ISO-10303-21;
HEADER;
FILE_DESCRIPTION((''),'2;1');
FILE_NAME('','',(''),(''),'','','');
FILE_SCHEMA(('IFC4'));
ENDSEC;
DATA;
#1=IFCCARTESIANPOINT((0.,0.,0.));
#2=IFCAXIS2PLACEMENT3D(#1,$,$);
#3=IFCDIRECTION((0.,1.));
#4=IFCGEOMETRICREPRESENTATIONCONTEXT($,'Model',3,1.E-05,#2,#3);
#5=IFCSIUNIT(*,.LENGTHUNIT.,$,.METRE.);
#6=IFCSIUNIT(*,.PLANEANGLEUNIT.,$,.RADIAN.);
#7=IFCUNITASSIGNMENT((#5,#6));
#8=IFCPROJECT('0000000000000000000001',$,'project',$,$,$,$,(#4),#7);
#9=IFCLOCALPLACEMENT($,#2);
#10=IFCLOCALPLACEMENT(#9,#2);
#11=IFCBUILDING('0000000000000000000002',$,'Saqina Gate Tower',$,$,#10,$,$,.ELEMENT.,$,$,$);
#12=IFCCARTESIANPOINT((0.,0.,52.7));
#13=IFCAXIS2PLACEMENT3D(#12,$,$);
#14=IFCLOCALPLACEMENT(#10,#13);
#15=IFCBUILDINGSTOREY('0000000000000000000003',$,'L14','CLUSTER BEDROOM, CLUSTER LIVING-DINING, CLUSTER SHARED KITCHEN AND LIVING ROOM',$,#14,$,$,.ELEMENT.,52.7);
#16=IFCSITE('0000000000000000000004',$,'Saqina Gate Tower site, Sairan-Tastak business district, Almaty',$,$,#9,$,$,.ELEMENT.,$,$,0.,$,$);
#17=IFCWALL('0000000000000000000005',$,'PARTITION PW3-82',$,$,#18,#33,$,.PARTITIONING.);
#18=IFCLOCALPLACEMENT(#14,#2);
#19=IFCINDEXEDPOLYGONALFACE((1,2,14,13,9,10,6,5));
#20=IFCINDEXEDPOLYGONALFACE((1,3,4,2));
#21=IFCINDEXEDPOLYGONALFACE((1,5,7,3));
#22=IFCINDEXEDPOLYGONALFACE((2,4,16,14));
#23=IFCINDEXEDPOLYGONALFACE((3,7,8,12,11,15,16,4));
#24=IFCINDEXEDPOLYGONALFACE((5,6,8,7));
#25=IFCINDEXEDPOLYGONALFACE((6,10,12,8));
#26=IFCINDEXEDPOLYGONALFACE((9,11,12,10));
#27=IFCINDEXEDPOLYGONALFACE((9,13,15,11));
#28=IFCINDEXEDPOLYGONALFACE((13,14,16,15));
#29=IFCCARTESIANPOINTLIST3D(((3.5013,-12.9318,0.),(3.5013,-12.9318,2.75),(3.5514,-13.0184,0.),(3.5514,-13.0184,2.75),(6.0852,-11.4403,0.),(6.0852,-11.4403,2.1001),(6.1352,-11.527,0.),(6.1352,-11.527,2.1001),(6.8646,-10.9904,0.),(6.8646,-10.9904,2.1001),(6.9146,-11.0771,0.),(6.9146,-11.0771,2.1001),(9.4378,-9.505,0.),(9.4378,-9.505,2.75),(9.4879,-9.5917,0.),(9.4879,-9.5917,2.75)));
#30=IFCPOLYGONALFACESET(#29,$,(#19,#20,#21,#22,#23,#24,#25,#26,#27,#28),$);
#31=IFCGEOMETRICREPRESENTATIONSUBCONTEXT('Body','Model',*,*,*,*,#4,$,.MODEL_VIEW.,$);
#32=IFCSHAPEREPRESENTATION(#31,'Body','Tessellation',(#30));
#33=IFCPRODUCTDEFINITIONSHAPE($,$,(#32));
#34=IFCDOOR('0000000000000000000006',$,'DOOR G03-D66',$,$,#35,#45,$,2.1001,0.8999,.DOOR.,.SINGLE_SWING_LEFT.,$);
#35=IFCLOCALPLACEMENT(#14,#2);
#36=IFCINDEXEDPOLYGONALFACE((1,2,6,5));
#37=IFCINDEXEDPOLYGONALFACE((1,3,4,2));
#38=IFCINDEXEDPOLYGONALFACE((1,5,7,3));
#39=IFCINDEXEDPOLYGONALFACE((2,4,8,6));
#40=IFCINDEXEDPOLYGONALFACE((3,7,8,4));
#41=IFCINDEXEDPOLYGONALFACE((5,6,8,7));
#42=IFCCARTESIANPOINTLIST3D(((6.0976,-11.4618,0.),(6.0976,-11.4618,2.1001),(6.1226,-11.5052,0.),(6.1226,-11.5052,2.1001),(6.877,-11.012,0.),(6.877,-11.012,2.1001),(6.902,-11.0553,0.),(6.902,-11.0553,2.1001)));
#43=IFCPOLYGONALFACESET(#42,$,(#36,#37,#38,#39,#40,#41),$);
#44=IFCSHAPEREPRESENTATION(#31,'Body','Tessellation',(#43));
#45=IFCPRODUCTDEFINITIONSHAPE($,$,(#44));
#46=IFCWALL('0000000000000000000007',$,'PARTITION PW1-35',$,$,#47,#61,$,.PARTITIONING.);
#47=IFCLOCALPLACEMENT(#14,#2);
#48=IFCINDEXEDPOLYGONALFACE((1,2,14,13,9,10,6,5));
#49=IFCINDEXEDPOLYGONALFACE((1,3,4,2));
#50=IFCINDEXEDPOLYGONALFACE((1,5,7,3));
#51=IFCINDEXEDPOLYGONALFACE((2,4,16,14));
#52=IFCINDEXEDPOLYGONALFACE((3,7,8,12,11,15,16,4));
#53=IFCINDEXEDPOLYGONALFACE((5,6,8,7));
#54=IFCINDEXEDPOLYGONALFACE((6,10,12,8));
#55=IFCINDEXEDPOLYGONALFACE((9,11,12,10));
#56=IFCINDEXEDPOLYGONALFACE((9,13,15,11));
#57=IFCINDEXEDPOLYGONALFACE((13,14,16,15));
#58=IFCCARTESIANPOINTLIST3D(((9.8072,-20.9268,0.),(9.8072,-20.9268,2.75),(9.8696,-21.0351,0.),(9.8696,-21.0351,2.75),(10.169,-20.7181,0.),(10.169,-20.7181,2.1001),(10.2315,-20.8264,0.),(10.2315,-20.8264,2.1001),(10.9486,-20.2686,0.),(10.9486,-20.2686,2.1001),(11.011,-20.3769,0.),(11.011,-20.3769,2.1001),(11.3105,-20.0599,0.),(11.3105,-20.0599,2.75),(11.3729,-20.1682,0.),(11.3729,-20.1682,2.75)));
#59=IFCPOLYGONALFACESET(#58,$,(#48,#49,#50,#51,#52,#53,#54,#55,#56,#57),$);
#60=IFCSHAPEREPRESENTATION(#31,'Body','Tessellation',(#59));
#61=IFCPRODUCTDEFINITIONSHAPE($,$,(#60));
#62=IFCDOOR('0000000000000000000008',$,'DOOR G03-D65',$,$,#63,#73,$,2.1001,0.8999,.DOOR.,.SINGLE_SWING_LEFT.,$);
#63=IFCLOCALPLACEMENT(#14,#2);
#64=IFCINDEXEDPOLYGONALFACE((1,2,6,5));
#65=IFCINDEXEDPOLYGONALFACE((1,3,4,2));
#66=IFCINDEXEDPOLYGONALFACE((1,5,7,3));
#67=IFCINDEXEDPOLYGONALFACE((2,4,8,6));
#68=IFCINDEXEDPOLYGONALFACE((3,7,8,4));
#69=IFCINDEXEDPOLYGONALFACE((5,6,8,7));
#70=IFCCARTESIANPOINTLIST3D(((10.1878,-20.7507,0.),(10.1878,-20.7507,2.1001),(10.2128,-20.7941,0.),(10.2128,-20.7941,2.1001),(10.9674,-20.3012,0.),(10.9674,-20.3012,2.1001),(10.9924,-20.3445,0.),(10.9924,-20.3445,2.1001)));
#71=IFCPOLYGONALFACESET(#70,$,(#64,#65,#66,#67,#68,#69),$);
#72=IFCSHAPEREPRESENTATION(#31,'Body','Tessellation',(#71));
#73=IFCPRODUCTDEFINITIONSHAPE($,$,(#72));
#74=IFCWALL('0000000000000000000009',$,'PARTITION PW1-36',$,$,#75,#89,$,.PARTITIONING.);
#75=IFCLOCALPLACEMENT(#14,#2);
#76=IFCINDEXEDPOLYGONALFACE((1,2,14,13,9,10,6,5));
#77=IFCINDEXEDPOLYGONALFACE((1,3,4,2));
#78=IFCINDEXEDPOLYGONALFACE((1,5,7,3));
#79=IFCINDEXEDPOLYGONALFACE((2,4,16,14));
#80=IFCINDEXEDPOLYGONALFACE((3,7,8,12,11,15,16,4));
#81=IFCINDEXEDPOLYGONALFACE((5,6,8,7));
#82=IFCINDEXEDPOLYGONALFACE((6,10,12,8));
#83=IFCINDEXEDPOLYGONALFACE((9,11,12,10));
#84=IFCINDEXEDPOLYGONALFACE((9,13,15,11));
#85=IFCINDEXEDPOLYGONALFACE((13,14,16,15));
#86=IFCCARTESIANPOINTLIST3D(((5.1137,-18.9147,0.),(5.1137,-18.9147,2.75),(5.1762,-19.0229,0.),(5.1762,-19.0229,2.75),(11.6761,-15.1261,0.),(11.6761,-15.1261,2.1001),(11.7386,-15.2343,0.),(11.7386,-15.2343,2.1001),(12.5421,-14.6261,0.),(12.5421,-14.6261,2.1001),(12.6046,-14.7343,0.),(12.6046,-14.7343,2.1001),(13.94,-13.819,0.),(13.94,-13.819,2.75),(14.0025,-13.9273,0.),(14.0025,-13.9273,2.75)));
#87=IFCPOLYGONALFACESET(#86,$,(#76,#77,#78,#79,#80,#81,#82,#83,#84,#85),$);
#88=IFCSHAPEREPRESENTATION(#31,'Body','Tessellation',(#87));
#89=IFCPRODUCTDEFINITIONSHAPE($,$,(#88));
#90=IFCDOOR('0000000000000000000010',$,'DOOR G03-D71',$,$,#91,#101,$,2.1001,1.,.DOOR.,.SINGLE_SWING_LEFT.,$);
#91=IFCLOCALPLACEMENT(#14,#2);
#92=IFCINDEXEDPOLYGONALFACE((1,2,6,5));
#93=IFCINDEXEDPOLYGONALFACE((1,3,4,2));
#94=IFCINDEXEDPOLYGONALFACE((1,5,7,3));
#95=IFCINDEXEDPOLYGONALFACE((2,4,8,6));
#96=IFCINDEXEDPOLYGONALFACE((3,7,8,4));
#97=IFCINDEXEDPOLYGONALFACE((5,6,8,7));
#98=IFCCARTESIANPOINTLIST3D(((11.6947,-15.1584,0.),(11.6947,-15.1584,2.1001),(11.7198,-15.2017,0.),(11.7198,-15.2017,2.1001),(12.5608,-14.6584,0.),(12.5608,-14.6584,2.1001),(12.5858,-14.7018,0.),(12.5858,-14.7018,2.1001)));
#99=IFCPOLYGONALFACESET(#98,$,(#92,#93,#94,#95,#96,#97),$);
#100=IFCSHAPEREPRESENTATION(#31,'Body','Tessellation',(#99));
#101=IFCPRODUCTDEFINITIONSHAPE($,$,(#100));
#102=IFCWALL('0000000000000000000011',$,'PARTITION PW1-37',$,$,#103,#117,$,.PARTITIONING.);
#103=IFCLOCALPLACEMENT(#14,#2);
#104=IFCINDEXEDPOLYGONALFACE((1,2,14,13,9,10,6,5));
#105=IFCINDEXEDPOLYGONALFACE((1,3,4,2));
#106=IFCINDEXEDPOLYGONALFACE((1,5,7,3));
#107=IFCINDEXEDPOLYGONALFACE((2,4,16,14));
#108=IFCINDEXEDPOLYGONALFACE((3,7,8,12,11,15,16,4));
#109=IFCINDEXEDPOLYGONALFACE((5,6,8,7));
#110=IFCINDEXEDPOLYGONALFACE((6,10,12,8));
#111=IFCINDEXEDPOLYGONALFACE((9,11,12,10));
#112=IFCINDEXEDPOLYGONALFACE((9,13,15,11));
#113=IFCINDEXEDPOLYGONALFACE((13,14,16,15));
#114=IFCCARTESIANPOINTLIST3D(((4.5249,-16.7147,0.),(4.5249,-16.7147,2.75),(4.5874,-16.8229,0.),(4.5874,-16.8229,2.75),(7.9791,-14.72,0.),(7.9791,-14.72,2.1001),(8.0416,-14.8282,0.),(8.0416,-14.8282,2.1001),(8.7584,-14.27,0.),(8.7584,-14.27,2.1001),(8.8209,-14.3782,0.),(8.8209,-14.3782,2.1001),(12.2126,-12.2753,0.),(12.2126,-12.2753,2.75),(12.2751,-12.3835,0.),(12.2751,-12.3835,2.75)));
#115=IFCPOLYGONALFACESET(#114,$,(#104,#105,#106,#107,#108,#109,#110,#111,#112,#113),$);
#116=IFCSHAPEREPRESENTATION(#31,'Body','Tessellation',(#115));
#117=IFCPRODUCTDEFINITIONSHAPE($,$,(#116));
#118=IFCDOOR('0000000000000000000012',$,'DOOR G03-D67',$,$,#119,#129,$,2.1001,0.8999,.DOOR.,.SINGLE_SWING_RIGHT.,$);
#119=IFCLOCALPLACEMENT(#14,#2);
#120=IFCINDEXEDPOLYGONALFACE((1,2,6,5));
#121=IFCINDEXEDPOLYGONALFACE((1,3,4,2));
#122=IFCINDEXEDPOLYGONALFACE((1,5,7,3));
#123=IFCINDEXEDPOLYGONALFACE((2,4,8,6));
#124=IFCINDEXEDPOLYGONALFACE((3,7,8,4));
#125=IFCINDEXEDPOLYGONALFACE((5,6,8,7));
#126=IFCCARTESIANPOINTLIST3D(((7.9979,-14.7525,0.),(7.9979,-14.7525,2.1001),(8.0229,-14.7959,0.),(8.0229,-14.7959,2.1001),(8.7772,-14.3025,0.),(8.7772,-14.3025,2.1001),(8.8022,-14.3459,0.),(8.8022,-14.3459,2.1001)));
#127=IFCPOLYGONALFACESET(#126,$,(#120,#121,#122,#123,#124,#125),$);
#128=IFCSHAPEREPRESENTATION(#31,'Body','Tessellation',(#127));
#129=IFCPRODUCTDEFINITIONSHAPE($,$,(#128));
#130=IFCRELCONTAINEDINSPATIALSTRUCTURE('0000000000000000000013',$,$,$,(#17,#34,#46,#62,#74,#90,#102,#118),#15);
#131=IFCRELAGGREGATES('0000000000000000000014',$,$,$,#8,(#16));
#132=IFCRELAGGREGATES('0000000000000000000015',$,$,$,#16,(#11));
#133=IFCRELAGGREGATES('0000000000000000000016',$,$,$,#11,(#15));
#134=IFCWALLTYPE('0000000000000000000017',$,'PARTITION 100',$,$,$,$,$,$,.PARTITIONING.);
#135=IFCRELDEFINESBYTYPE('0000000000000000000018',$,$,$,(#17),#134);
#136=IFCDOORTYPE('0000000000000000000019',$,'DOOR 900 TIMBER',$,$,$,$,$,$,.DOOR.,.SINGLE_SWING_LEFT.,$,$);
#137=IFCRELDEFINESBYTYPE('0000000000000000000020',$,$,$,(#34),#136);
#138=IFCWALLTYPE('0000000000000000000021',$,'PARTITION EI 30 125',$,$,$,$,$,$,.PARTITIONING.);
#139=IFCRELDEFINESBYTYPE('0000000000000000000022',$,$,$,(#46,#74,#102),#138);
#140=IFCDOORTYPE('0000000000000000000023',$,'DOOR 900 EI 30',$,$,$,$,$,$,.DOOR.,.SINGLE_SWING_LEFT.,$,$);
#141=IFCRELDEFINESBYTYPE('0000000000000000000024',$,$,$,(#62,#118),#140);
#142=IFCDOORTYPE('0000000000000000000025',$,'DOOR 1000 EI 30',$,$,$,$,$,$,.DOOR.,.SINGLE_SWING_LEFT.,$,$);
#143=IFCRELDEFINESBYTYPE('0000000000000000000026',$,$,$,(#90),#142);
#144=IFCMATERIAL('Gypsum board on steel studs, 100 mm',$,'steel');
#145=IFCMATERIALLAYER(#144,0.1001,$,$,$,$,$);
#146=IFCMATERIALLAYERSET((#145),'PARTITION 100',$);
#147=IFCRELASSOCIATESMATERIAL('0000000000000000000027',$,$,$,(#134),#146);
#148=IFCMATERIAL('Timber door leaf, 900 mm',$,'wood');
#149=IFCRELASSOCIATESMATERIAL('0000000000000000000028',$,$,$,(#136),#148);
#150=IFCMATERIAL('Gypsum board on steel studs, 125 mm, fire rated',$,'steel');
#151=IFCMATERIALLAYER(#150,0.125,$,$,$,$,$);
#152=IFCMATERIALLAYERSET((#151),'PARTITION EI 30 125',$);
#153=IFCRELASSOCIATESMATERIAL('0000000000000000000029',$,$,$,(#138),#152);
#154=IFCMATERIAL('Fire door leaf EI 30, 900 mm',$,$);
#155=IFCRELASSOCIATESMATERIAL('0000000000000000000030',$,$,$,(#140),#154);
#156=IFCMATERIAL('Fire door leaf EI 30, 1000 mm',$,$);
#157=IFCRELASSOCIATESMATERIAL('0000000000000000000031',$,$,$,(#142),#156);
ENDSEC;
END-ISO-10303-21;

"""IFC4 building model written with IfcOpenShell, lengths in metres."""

from ifc_helpers import new_model, si_unit, direction, frame, frame_2d, origin, place, context, subcontext, project, spatial, rectangle, extrude, material, layer, layer_set, type_object, element, fill, save


model = new_model("IFC4")

# Units and contexts
model_context = context("Model", 3, precision=1e-05, world=origin(), true_north=direction((0.0, 1.0)))
body_context = subcontext(model_context, "Body", "Model", "MODEL_VIEW")
ifc_project = project(units=[si_unit("LENGTHUNIT", "METRE"), si_unit("PLANEANGLEUNIT", "RADIAN")], contexts=[model_context])

# Site, building, storey
site_placement = place(None, origin())
site = spatial("IfcSite", under=ifc_project, at=site_placement, Name="Saqina Gate Tower site, Sairan-Tastak business district, Almaty", CompositionType="ELEMENT", RefElevation=0.0)
building_placement = place(site_placement, origin())
building = spatial("IfcBuilding", under=site, at=building_placement, Name="Saqina Gate Tower", CompositionType="ELEMENT")
storey_placement = place(building_placement, frame((0.0, 0.0, 52.7)))
storey = spatial("IfcBuildingStorey", under=building, at=storey_placement, Name="L14", Description="CLUSTER BEDROOM, CLUSTER LIVING-DINING, CLUSTER SHARED KITCHEN AND LIVING ROOM", CompositionType="ELEMENT", Elevation=52.7)

# Shared definitions
ifc_material_1 = material(Name="Gypsum board on steel studs, 100 mm", Category="steel")
ifc_layer_1 = layer(ifc_material_1, 0.1001)
ifc_layer_set_1 = layer_set([ifc_layer_1], Name="PARTITION 100")
wall_type_1 = type_object("IfcWallType", Name="PARTITION 100", PredefinedType="PARTITIONING", material=ifc_layer_set_1)

# Shared definitions
ifc_material_2 = material(Name="Timber door leaf, 900 mm", Category="wood")
door_type_1 = type_object("IfcDoorType", Name="DOOR 900 TIMBER", OperationType="SINGLE_SWING_LEFT", PredefinedType="DOOR", material=ifc_material_2)

# Walls, openings, doors
wall_1_placement = place(storey_placement, frame((3.5264, -12.9751, 0.0), z_axis=(0.0, 0.0, 1.0), x_axis=(0.866069, 0.499924, 0.0)))
wall_1 = element("IfcWall", 1, at=wall_1_placement, inside=storey, type_object=wall_type_1, Name="PARTITION PW3-82", PredefinedType="PARTITIONING", context=body_context, shape_type="SweptSolid", body=[
    extrude(rectangle(XDim=6.8545, YDim=0.1001, at=frame_2d((3.4272, 0.0))), origin(), (0.0, 0.0, 1.0), 2.75),
])
opening_1_placement = place(wall_1_placement, frame((2.9834, 0.0, 0.0)))
opening_1 = element("IfcOpeningElement", 2, at=opening_1_placement, cuts=wall_1, PredefinedType="OPENING", context=body_context, shape_type="SweptSolid", body=[
    extrude(rectangle(XDim=0.8999, YDim=2.1001, at=frame_2d((0.45, 1.05))), frame((0.0, 0.062, 0.0), z_axis=(0.0, -1.0, 0.0), x_axis=(1.0, 0.0, 0.0)), (0.0, 0.0, 1.0), 0.124),
])
door_1_placement = place(opening_1_placement, frame((0.8999, 0.0, 0.0), z_axis=(0.0, 0.0, 1.0), x_axis=(-1.0, 0.0, 0.0)))
door_1 = element("IfcDoor", 3, at=door_1_placement, inside=storey, type_object=door_type_1, Name="DOOR G03-D66", OperationType="SINGLE_SWING_LEFT", OverallHeight=2.1001, OverallWidth=0.8999, PredefinedType="DOOR", context=body_context, shape_type="SweptSolid", body=[
    extrude(rectangle(XDim=0.8999, YDim=2.1001, at=frame_2d((0.45, 1.05))), frame((0.0, 0.0249, 0.0), z_axis=(0.0, -1.0, 0.0), x_axis=(1.0, 0.0, 0.0)), (0.0, 0.0, 1.0), 0.05),
])
fill(opening_1, door_1)
ifc_material_3 = material(Name="Gypsum board on steel studs, 125 mm, fire rated", Category="steel")
ifc_layer_2 = layer(ifc_material_3, 0.125)
ifc_layer_set_2 = layer_set([ifc_layer_2], Name="PARTITION EI 30 125")
wall_type_2 = type_object("IfcWallType", Name="PARTITION EI 30 125", PredefinedType="PARTITIONING", material=ifc_layer_set_2)
wall_2_placement = place(storey_placement, frame((9.8384, -20.981, 0.0), z_axis=(0.0, 0.0, 1.0), x_axis=(0.866289, 0.499544, 0.0)))
wall_2 = element("IfcWall", 4, at=wall_2_placement, inside=storey, type_object=wall_type_2, Name="PARTITION PW1-35", PredefinedType="PARTITIONING", context=body_context, shape_type="SweptSolid", body=[
    extrude(rectangle(XDim=1.7354, YDim=0.125, at=frame_2d((0.8677, 0.0))), origin(), (0.0, 0.0, 1.0), 2.75),
])
opening_2_placement = place(wall_2_placement, frame((0.4177, 0.0, 0.0)))
opening_2 = element("IfcOpeningElement", 5, at=opening_2_placement, cuts=wall_2, PredefinedType="OPENING", context=body_context, shape_type="SweptSolid", body=[
    extrude(rectangle(XDim=0.8999, YDim=2.1001, at=frame_2d((0.45, 1.05))), frame((0.0, 0.0745, 0.0), z_axis=(0.0, -1.0, 0.0), x_axis=(1.0, 0.0, 0.0)), (0.0, 0.0, 1.0), 0.1489),
])
ifc_material_4 = material(Name="Fire door leaf EI 30, 900 mm")
door_type_2 = type_object("IfcDoorType", Name="DOOR 900 EI 30", OperationType="SINGLE_SWING_LEFT", PredefinedType="DOOR", material=ifc_material_4)
door_2_placement = place(opening_2_placement, origin())
door_2 = element("IfcDoor", 6, at=door_2_placement, inside=storey, type_object=door_type_2, Name="DOOR G03-D65", OperationType="SINGLE_SWING_LEFT", OverallHeight=2.1001, OverallWidth=0.8999, PredefinedType="DOOR", context=body_context, shape_type="SweptSolid", body=[
    extrude(rectangle(XDim=0.8999, YDim=2.1001, at=frame_2d((0.45, 1.05))), frame((0.0, 0.0249, 0.0), z_axis=(0.0, -1.0, 0.0), x_axis=(1.0, 0.0, 0.0)), (0.0, 0.0, 1.0), 0.05),
])
fill(opening_2, door_2)
wall_3_placement = place(storey_placement, frame((5.145, -18.9688, 0.0), z_axis=(0.0, 0.0, 1.0), x_axis=(0.866035, 0.499983, 0.0)))
wall_3 = element("IfcWall", 7, at=wall_3_placement, inside=storey, type_object=wall_type_2, Name="PARTITION PW1-36", PredefinedType="PARTITIONING", context=body_context, shape_type="SweptSolid", body=[
    extrude(rectangle(XDim=10.1917, YDim=0.125, at=frame_2d((5.0957, 0.0))), origin(), (0.0, 0.0, 1.0), 2.75),
])
opening_3_placement = place(wall_3_placement, frame((7.5774, 0.0, 0.0)))
opening_3 = element("IfcOpeningElement", 8, at=opening_3_placement, cuts=wall_3, PredefinedType="OPENING", context=body_context, shape_type="SweptSolid", body=[
    extrude(rectangle(XDim=1.0, YDim=2.1001, at=frame_2d((0.5, 1.05))), frame((0.0, 0.0745, 0.0), z_axis=(0.0, -1.0, 0.0), x_axis=(1.0, 0.0, 0.0)), (0.0, 0.0, 1.0), 0.1489),
])
ifc_material_5 = material(Name="Fire door leaf EI 30, 1000 mm")
door_type_3 = type_object("IfcDoorType", Name="DOOR 1000 EI 30", OperationType="SINGLE_SWING_LEFT", PredefinedType="DOOR", material=ifc_material_5)
door_3_placement = place(opening_3_placement, frame((1.0, 0.0, 0.0), z_axis=(0.0, 0.0, 1.0), x_axis=(-1.0, 0.0, 0.0)))
door_3 = element("IfcDoor", 9, at=door_3_placement, inside=storey, type_object=door_type_3, Name="DOOR G03-D71", OperationType="SINGLE_SWING_LEFT", OverallHeight=2.1001, OverallWidth=1.0, PredefinedType="DOOR", context=body_context, shape_type="SweptSolid", body=[
    extrude(rectangle(XDim=1.0, YDim=2.1001, at=frame_2d((0.5, 1.05))), frame((0.0, 0.0249, 0.0), z_axis=(0.0, -1.0, 0.0), x_axis=(1.0, 0.0, 0.0)), (0.0, 0.0, 1.0), 0.05),
])
fill(opening_3, door_3)
wall_4_placement = place(storey_placement, frame((4.5562, -16.7688, 0.0), z_axis=(0.0, 0.0, 1.0), x_axis=(0.86598, 0.500079, 0.0)))
wall_4 = element("IfcWall", 10, at=wall_4_placement, inside=storey, type_object=wall_type_2, Name="PARTITION PW1-37", PredefinedType="PARTITIONING", context=body_context, shape_type="SweptSolid", body=[
    extrude(rectangle(XDim=8.8774, YDim=0.125, at=frame_2d((4.4387, 0.0))), origin(), (0.0, 0.0, 1.0), 2.75),
])
opening_4_placement = place(wall_4_placement, frame((3.9888, 0.0, 0.0)))
opening_4 = element("IfcOpeningElement", 11, at=opening_4_placement, cuts=wall_4, PredefinedType="OPENING", context=body_context, shape_type="SweptSolid", body=[
    extrude(rectangle(XDim=0.8999, YDim=2.1001, at=frame_2d((0.45, 1.05))), frame((0.0, 0.0745, 0.0), z_axis=(0.0, -1.0, 0.0), x_axis=(1.0, 0.0, 0.0)), (0.0, 0.0, 1.0), 0.1489),
])
door_4_placement = place(opening_4_placement, origin())
door_4 = element("IfcDoor", 12, at=door_4_placement, inside=storey, type_object=door_type_2, Name="DOOR G03-D67", OperationType="SINGLE_SWING_RIGHT", OverallHeight=2.1001, OverallWidth=0.8999, PredefinedType="DOOR", context=body_context, shape_type="SweptSolid", body=[
    extrude(rectangle(XDim=0.8999, YDim=2.1001, at=frame_2d((0.45, 1.05))), frame((0.0, 0.0249, 0.0), z_axis=(0.0, -1.0, 0.0), x_axis=(1.0, 0.0, 0.0)), (0.0, 0.0, 1.0), 0.05),
])
fill(opening_4, door_4)

save(model, "model.ifc")
